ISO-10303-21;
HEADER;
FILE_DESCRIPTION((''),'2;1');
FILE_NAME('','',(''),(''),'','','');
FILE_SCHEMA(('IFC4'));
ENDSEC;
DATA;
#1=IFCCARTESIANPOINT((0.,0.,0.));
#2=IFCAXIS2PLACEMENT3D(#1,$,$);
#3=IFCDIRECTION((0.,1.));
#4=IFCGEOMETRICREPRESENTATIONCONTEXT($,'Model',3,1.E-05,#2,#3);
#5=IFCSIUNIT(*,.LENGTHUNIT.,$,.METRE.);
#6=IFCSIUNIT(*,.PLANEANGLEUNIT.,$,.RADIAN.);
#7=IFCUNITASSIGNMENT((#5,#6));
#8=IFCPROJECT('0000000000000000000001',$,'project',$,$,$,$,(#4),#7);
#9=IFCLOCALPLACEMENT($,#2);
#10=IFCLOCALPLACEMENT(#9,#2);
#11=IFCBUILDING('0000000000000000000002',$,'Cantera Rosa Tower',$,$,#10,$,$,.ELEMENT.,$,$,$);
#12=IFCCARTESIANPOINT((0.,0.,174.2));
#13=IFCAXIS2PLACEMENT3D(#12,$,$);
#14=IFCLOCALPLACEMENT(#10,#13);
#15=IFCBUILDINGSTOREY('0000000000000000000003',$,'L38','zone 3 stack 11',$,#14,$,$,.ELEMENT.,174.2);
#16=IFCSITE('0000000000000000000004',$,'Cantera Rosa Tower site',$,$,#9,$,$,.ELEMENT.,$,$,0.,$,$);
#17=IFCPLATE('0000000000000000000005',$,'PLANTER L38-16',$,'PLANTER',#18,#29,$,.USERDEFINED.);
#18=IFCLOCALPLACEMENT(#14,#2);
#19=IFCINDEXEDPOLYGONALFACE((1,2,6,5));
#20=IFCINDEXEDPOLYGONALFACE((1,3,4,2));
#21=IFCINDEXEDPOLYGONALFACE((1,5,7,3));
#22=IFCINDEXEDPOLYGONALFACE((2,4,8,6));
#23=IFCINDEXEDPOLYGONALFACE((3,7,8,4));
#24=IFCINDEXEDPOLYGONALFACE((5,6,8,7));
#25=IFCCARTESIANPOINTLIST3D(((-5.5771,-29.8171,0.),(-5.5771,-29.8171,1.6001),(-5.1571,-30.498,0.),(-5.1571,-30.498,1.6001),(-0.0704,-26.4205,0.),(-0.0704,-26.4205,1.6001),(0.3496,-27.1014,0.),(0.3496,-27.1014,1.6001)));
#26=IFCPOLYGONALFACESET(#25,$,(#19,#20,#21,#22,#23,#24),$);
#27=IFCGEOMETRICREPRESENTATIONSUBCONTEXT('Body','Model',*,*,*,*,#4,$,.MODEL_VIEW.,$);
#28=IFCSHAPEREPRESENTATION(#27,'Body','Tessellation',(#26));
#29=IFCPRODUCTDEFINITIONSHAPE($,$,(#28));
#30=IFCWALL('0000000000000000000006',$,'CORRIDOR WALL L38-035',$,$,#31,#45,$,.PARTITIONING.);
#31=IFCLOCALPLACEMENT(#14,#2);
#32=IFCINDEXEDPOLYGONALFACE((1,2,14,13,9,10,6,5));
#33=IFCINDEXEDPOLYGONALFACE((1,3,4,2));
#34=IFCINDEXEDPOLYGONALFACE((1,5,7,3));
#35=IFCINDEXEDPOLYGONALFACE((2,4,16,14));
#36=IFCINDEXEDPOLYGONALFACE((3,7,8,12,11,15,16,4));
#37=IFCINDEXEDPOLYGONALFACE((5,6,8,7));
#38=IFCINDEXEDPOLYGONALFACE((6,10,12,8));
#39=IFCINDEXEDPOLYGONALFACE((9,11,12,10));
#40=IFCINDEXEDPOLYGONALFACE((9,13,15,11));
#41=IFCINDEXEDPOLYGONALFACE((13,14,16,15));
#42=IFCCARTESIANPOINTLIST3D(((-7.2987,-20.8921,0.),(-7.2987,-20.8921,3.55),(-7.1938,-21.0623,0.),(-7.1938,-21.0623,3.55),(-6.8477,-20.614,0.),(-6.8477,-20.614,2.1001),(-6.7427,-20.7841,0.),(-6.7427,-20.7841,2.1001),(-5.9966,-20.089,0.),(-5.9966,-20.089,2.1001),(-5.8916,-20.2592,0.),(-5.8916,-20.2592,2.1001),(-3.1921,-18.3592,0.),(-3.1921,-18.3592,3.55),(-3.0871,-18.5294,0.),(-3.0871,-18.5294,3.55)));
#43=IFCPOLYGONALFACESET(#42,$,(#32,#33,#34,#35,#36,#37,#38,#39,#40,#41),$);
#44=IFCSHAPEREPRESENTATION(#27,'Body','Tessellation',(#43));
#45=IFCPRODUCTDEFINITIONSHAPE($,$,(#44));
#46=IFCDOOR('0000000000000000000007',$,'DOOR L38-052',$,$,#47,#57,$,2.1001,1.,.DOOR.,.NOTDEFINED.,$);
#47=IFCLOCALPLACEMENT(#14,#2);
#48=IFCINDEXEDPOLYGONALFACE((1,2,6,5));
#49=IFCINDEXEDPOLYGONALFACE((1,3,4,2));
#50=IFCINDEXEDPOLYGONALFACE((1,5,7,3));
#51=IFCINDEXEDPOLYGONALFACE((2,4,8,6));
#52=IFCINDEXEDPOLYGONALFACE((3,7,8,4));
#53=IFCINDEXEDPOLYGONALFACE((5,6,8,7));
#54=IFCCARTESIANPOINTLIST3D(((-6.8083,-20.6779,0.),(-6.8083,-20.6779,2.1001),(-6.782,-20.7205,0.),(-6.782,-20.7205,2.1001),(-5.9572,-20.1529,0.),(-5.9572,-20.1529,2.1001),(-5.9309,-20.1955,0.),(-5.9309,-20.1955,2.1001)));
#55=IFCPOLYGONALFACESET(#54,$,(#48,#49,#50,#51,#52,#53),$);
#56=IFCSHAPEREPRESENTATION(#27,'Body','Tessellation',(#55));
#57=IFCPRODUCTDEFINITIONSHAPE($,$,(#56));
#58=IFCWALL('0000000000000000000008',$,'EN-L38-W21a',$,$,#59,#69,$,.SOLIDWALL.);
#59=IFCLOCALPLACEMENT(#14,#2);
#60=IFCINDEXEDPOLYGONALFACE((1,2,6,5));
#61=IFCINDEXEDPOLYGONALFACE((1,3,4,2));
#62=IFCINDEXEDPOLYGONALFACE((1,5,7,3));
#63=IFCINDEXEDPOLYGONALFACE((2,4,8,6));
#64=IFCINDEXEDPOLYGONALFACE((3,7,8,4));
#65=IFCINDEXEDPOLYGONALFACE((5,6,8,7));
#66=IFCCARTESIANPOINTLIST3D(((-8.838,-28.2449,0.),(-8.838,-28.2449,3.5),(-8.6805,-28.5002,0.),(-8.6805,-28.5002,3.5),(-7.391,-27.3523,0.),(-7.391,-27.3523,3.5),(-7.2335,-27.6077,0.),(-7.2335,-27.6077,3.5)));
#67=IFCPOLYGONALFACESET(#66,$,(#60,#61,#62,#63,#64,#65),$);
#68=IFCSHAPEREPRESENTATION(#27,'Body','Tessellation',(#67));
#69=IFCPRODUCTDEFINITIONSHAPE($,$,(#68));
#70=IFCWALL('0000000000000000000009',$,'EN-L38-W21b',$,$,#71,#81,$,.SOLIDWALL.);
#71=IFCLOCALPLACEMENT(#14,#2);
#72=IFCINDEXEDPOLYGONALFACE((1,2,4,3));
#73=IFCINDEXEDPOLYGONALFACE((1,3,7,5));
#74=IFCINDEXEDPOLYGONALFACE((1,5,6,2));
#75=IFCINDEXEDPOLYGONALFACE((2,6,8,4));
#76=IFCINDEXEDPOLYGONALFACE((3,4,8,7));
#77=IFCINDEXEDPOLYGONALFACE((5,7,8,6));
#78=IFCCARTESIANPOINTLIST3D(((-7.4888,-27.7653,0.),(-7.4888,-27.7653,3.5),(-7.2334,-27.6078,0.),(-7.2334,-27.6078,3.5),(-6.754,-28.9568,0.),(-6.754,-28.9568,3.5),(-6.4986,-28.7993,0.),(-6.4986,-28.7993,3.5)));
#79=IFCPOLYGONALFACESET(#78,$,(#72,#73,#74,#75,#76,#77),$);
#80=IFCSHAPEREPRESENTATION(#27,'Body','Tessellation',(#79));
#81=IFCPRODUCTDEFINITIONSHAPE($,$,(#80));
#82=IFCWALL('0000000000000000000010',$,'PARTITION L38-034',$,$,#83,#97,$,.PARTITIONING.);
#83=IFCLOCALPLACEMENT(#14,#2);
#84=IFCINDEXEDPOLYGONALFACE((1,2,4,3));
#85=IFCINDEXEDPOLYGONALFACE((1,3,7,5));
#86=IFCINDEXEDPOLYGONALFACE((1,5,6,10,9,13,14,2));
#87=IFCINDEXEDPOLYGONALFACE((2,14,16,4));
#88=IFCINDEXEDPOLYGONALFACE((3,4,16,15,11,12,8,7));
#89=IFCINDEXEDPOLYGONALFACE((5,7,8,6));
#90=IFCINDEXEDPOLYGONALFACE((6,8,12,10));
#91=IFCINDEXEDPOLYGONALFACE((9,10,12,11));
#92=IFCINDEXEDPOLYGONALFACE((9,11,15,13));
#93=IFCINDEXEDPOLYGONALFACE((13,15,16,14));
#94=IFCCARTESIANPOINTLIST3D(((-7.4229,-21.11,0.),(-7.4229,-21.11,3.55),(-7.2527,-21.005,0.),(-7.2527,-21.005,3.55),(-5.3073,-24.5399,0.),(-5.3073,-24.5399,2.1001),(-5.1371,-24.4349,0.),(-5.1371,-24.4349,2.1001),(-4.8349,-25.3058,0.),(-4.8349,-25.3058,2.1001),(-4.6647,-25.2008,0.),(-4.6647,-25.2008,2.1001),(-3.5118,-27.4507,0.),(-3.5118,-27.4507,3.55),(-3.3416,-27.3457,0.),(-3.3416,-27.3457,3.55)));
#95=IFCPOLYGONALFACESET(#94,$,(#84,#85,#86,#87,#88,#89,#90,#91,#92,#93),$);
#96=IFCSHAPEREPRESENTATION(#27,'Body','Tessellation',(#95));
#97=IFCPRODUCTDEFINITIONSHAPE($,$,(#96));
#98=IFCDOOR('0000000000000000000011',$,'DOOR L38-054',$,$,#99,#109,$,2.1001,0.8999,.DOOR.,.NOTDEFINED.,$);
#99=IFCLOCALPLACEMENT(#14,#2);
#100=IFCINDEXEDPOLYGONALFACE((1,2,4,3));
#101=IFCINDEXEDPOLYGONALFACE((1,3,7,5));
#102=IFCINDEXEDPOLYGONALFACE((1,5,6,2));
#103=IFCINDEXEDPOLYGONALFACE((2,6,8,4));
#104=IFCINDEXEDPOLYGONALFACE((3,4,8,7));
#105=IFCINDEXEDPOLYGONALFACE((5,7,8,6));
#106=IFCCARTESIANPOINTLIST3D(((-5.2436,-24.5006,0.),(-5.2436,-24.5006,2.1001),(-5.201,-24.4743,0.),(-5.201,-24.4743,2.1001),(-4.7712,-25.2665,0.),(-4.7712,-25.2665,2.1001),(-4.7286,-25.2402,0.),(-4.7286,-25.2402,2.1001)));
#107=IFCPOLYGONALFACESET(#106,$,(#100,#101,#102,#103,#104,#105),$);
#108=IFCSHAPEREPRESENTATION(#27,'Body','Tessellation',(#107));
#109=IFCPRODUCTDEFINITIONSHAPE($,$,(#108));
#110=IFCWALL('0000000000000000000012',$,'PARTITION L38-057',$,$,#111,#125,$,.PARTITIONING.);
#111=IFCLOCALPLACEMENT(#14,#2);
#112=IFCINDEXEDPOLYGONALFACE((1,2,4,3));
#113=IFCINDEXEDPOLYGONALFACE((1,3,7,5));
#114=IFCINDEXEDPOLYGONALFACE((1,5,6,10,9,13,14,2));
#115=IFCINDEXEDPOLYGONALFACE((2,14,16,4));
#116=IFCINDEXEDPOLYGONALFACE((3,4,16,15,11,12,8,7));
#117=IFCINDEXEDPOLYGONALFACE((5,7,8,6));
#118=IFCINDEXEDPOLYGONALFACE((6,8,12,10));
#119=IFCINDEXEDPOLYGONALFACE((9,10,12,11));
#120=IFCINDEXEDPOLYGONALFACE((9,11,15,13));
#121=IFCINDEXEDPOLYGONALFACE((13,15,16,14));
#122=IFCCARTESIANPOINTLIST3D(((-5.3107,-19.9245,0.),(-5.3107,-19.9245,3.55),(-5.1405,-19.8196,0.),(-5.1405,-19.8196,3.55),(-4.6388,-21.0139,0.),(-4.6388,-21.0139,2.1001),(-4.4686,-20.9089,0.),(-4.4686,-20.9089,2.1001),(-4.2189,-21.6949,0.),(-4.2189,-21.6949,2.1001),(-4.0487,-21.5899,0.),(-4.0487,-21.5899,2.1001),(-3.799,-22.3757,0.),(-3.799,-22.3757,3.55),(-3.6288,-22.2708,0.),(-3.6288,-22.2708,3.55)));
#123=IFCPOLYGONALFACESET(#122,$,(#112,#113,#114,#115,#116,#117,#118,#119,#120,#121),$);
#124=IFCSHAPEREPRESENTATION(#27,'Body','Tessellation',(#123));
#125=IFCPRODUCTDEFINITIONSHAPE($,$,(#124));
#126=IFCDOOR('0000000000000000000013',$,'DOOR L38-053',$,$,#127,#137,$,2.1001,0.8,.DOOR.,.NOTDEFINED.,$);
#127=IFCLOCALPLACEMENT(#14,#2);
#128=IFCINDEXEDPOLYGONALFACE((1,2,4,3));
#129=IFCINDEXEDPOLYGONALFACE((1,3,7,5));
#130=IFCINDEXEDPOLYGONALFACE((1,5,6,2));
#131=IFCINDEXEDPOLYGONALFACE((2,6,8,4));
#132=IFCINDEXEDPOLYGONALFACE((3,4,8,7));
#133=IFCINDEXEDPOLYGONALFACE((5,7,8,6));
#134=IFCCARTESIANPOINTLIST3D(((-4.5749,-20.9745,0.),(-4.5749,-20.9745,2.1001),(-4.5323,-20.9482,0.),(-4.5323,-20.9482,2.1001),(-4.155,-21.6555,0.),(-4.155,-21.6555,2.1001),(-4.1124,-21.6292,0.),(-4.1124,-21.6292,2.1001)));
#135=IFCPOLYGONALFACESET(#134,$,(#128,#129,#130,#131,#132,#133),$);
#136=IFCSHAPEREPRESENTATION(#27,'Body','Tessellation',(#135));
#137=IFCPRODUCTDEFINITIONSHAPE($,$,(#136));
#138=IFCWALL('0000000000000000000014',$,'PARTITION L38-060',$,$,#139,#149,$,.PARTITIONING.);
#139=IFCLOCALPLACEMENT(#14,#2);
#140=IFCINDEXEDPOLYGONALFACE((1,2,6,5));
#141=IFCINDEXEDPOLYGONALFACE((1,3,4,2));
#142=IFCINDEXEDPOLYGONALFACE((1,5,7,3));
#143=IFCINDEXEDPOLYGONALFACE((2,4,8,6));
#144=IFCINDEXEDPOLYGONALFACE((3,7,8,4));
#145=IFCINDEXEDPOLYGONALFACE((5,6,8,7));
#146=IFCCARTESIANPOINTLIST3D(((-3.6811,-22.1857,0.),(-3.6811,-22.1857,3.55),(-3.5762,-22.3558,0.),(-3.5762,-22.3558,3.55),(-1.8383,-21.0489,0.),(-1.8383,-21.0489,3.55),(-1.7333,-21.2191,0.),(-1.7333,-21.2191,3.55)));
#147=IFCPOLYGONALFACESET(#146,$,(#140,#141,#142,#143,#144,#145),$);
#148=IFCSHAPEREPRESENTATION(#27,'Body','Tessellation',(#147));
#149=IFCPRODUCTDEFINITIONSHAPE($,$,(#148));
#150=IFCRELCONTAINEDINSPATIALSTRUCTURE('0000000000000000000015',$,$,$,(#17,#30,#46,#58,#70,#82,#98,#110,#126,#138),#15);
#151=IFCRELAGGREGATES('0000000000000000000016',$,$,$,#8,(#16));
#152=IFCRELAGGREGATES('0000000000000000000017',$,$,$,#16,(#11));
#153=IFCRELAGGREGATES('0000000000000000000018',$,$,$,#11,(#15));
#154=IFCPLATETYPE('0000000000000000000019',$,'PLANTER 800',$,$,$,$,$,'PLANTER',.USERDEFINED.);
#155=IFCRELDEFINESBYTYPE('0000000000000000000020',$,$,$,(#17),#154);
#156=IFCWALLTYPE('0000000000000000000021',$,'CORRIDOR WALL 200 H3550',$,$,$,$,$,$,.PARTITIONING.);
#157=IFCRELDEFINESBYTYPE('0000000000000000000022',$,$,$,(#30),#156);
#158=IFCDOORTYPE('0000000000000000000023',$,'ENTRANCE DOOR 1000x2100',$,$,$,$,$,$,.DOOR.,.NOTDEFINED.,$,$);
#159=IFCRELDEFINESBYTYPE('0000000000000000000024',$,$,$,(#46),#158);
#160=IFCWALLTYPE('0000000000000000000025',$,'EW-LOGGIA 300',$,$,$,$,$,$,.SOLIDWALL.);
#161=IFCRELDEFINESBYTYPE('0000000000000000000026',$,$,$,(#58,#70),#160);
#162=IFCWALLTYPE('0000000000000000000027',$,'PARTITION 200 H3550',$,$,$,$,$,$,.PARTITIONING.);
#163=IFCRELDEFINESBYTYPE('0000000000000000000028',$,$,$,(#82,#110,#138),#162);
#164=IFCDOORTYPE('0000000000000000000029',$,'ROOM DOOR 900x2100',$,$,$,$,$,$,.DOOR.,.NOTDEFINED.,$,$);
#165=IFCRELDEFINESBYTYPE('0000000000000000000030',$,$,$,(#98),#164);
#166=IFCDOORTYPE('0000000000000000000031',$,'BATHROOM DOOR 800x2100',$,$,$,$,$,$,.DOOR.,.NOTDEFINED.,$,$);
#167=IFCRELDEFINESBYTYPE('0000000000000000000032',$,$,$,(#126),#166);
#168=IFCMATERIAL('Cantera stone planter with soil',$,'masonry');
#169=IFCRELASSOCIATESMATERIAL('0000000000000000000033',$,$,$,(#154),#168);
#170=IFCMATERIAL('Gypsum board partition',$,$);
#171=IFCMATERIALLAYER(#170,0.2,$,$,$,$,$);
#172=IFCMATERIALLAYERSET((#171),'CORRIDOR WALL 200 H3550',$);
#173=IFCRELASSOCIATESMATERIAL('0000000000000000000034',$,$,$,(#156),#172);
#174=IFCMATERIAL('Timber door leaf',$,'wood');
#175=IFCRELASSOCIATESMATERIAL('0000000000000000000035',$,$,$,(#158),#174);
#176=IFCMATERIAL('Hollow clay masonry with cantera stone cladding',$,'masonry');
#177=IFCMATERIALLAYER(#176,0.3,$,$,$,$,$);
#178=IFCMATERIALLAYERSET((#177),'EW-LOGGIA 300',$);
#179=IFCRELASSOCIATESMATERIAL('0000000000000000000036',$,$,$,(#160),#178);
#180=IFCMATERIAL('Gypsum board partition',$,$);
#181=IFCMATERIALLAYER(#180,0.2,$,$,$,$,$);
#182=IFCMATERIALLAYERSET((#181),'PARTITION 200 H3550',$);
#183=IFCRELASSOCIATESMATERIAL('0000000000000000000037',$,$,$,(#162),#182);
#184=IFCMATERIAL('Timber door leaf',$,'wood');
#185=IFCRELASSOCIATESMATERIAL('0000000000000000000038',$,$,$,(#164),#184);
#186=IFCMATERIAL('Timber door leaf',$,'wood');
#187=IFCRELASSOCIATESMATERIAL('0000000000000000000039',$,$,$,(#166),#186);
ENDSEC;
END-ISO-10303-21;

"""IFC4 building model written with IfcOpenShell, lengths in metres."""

from ifc_helpers import new_model, si_unit, direction, frame, frame_2d, origin, origin_2d, place, context, subcontext, project, spatial, rectangle, extrude, material, layer, layer_set, type_object, element, fill, save


model = new_model("IFC4")

# Units and contexts
model_context = context("Model", 3, precision=1e-05, world=origin(), true_north=direction((0.0, 1.0)))
body_context = subcontext(model_context, "Body", "Model", "MODEL_VIEW")
ifc_project = project(units=[si_unit("LENGTHUNIT", "METRE"), si_unit("PLANEANGLEUNIT", "RADIAN")], contexts=[model_context])

# Site, building, storey
site_placement = place(None, origin())
site = spatial("IfcSite", under=ifc_project, at=site_placement, Name="Cantera Rosa Tower site", CompositionType="ELEMENT", RefElevation=0.0)
building_placement = place(site_placement, origin())
building = spatial("IfcBuilding", under=site, at=building_placement, Name="Cantera Rosa Tower", CompositionType="ELEMENT")
storey_placement = place(building_placement, frame((0.0, 0.0, 174.2)))
storey = spatial("IfcBuildingStorey", under=building, at=storey_placement, Name="L38", Description="zone 3 stack 11", CompositionType="ELEMENT", Elevation=174.2)

# Plate
ifc_material_1 = material(Name="Cantera stone planter with soil", Category="masonry")
plate_type = type_object("IfcPlateType", Name="PLANTER 800", ElementType="PLANTER", PredefinedType="USERDEFINED", material=ifc_material_1)
plate_placement = place(storey_placement, frame((-2.6138, -28.4592, 0.0), z_axis=(0.0, 0.0, 1.0), x_axis=(0.851117, 0.524977, 0.0)))
element("IfcPlate", 1, at=plate_placement, inside=storey, type_object=plate_type, Name="PLANTER L38-16", ObjectType="PLANTER", PredefinedType="USERDEFINED", context=body_context, shape_type="SweptSolid", body=[
    extrude(rectangle(XDim=6.47, YDim=0.8, at=origin_2d()), origin(), (0.0, 0.0, 1.0), 1.6001),
])

# Wall, opening, door
ifc_material_2 = material(Name="Gypsum board partition")
ifc_layer_1 = layer(ifc_material_2, 0.2)
ifc_layer_set_1 = layer_set([ifc_layer_1], Name="CORRIDOR WALL 200 H3550")
wall_type_1 = type_object("IfcWallType", Name="CORRIDOR WALL 200 H3550", PredefinedType="PARTITIONING", material=ifc_layer_set_1)
wall_1_placement = place(storey_placement, frame((-7.2463, -20.9773, 0.0), z_axis=(0.0, 0.0, 1.0), x_axis=(0.851125, 0.524964, 0.0)))
wall_1 = element("IfcWall", 2, at=wall_1_placement, inside=storey, type_object=wall_type_1, Name="CORRIDOR WALL L38-035", PredefinedType="PARTITIONING", context=body_context, shape_type="SweptSolid", body=[
    extrude(rectangle(XDim=4.825, YDim=0.2, at=frame_2d((2.4126, 0.0))), origin(), (0.0, 0.0, 1.0), 3.55),
])
opening_1_placement = place(wall_1_placement, frame((0.53, 0.0, 0.0)))
opening_1 = element("IfcOpeningElement", 3, at=opening_1_placement, cuts=wall_1, PredefinedType="OPENING", context=body_context, shape_type="SweptSolid", body=[
    extrude(rectangle(XDim=1.0, YDim=2.1001, at=frame_2d((0.5, 1.05))), frame((0.0, 0.1099, 0.0), z_axis=(0.0, -1.0, 0.0), x_axis=(1.0, 0.0, 0.0)), (0.0, 0.0, 1.0), 0.22),
])
ifc_material_3 = material(Name="Timber door leaf", Category="wood")
door_type_1 = type_object("IfcDoorType", Name="ENTRANCE DOOR 1000x2100", OperationType="NOTDEFINED", PredefinedType="DOOR", material=ifc_material_3)
door_1_placement = place(opening_1_placement, origin())
door_1 = element("IfcDoor", 4, at=door_1_placement, inside=storey, type_object=door_type_1, Name="DOOR L38-052", OperationType="NOTDEFINED", OverallHeight=2.1001, OverallWidth=1.0, PredefinedType="DOOR", context=body_context, shape_type="SweptSolid", body=[
    extrude(rectangle(XDim=1.0, YDim=2.1001, at=frame_2d((0.5, 1.05))), frame((0.0, 0.0249, 0.0), z_axis=(0.0, -1.0, 0.0), x_axis=(1.0, 0.0, 0.0)), (0.0, 0.0, 1.0), 0.05),
])
fill(opening_1, door_1)

# Walls
ifc_material_4 = material(Name="Hollow clay masonry with cantera stone cladding", Category="masonry")
ifc_layer_2 = layer(ifc_material_4, 0.3)
ifc_layer_set_2 = layer_set([ifc_layer_2], Name="EW-LOGGIA 300")
wall_type_2 = type_object("IfcWallType", Name="EW-LOGGIA 300", PredefinedType="SOLIDWALL", material=ifc_layer_set_2)
wall_2_placement = place(storey_placement, frame((-8.7593, -28.3726, 0.0), z_axis=(0.0, 0.0, 1.0), x_axis=(0.851106, 0.524994, 0.0)))
element("IfcWall", 5, at=wall_2_placement, inside=storey, type_object=wall_type_2, Name="EN-L38-W21a", PredefinedType="SOLIDWALL", context=body_context, shape_type="SweptSolid", body=[
    extrude(rectangle(XDim=1.7002, YDim=0.3, at=frame_2d((0.8501, 0.0))), origin(), (0.0, 0.0, 1.0), 3.5),
])
wall_3_placement = place(storey_placement, frame((-7.3611, -27.6865, 0.0), z_axis=(0.0, 0.0, 1.0), x_axis=(0.524895, -0.851167, 0.0)))
element("IfcWall", 6, at=wall_3_placement, inside=storey, type_object=wall_type_2, Name="EN-L38-W21b", PredefinedType="SOLIDWALL", context=body_context, shape_type="SweptSolid", body=[
    extrude(rectangle(XDim=1.3999, YDim=0.3, at=frame_2d((0.7, 0.0))), origin(), (0.0, 0.0, 1.0), 3.5),
])

# Walls, openings, doors
ifc_material_5 = material(Name="Gypsum board partition")
ifc_layer_3 = layer(ifc_material_5, 0.2)
ifc_layer_set_3 = layer_set([ifc_layer_3], Name="PARTITION 200 H3550")
wall_type_3 = type_object("IfcWallType", Name="PARTITION 200 H3550", PredefinedType="PARTITIONING", material=ifc_layer_set_3)
wall_4_placement = place(storey_placement, frame((-7.3379, -21.0574, 0.0), z_axis=(0.0, 0.0, 1.0), x_axis=(0.524982, -0.851113, 0.0)))
wall_4 = element("IfcWall", 7, at=wall_4_placement, inside=storey, type_object=wall_type_3, Name="PARTITION L38-034", PredefinedType="PARTITIONING", context=body_context, shape_type="SweptSolid", body=[
    extrude(rectangle(XDim=7.45, YDim=0.2, at=frame_2d((3.7251, 0.0))), origin(), (0.0, 0.0, 1.0), 3.55),
])
opening_2_placement = place(wall_4_placement, frame((4.03, 0.0, 0.0)))
opening_2 = element("IfcOpeningElement", 8, at=opening_2_placement, cuts=wall_4, PredefinedType="OPENING", context=body_context, shape_type="SweptSolid", body=[
    extrude(rectangle(XDim=0.8999, YDim=2.1001, at=frame_2d((0.45, 1.05))), frame((0.0, 0.1099, 0.0), z_axis=(0.0, -1.0, 0.0), x_axis=(1.0, 0.0, 0.0)), (0.0, 0.0, 1.0), 0.22),
])
ifc_material_6 = material(Name="Timber door leaf", Category="wood")
door_type_2 = type_object("IfcDoorType", Name="ROOM DOOR 900x2100", OperationType="NOTDEFINED", PredefinedType="DOOR", material=ifc_material_6)
door_2_placement = place(opening_2_placement, origin())
door_2 = element("IfcDoor", 9, at=door_2_placement, inside=storey, type_object=door_type_2, Name="DOOR L38-054", OperationType="NOTDEFINED", OverallHeight=2.1001, OverallWidth=0.8999, PredefinedType="DOOR", context=body_context, shape_type="SweptSolid", body=[
    extrude(rectangle(XDim=0.8999, YDim=2.1001, at=frame_2d((0.45, 1.05))), frame((0.0, 0.0249, 0.0), z_axis=(0.0, -1.0, 0.0), x_axis=(1.0, 0.0, 0.0)), (0.0, 0.0, 1.0), 0.05),
])
fill(opening_2, door_2)
wall_5_placement = place(storey_placement, frame((-3.7139, -22.3232, 0.0), z_axis=(0.0, 0.0, 1.0), x_axis=(-0.52493, 0.851146, 0.0)))
wall_5 = element("IfcWall", 10, at=wall_5_placement, inside=storey, type_object=wall_type_3, Name="PARTITION L38-057", PredefinedType="PARTITIONING", context=body_context, shape_type="SweptSolid", body=[
    extrude(rectangle(XDim=2.8799, YDim=0.2, at=frame_2d((1.4399, 0.0))), origin(), (0.0, 0.0, 1.0), 3.55),
])
opening_3_placement = place(wall_5_placement, frame((0.8, 0.0, 0.0)))
opening_3 = element("IfcOpeningElement", 11, at=opening_3_placement, cuts=wall_5, PredefinedType="OPENING", context=body_context, shape_type="SweptSolid", body=[
    extrude(rectangle(XDim=0.8, YDim=2.1001, at=frame_2d((0.3999, 1.05))), frame((0.0, 0.1099, 0.0), z_axis=(0.0, -1.0, 0.0), x_axis=(1.0, 0.0, 0.0)), (0.0, 0.0, 1.0), 0.22),
])
ifc_material_7 = material(Name="Timber door leaf", Category="wood")
door_type_3 = type_object("IfcDoorType", Name="BATHROOM DOOR 800x2100", OperationType="NOTDEFINED", PredefinedType="DOOR", material=ifc_material_7)
door_3_placement = place(opening_3_placement, origin())
door_3 = element("IfcDoor", 12, at=door_3_placement, inside=storey, type_object=door_type_3, Name="DOOR L38-053", OperationType="NOTDEFINED", OverallHeight=2.1001, OverallWidth=0.8, PredefinedType="DOOR", context=body_context, shape_type="SweptSolid", body=[
    extrude(rectangle(XDim=0.8, YDim=2.1001, at=frame_2d((0.3999, 1.05))), frame((0.0, 0.0249, 0.0), z_axis=(0.0, -1.0, 0.0), x_axis=(1.0, 0.0, 0.0)), (0.0, 0.0, 1.0), 0.05),
])
fill(opening_3, door_3)

# Wall
wall_6_placement = place(storey_placement, frame((-1.7859, -21.134, 0.0), z_axis=(0.0, 0.0, 1.0), x_axis=(-0.8511, -0.525003, 0.0)))
element("IfcWall", 13, at=wall_6_placement, inside=storey, type_object=wall_type_3, Name="PARTITION L38-060", PredefinedType="PARTITIONING", context=body_context, shape_type="SweptSolid", body=[
    extrude(rectangle(XDim=2.1653, YDim=0.2, at=frame_2d((1.0825, 0.0))), origin(), (0.0, 0.0, 1.0), 3.55),
])

save(model, "model.ifc")
